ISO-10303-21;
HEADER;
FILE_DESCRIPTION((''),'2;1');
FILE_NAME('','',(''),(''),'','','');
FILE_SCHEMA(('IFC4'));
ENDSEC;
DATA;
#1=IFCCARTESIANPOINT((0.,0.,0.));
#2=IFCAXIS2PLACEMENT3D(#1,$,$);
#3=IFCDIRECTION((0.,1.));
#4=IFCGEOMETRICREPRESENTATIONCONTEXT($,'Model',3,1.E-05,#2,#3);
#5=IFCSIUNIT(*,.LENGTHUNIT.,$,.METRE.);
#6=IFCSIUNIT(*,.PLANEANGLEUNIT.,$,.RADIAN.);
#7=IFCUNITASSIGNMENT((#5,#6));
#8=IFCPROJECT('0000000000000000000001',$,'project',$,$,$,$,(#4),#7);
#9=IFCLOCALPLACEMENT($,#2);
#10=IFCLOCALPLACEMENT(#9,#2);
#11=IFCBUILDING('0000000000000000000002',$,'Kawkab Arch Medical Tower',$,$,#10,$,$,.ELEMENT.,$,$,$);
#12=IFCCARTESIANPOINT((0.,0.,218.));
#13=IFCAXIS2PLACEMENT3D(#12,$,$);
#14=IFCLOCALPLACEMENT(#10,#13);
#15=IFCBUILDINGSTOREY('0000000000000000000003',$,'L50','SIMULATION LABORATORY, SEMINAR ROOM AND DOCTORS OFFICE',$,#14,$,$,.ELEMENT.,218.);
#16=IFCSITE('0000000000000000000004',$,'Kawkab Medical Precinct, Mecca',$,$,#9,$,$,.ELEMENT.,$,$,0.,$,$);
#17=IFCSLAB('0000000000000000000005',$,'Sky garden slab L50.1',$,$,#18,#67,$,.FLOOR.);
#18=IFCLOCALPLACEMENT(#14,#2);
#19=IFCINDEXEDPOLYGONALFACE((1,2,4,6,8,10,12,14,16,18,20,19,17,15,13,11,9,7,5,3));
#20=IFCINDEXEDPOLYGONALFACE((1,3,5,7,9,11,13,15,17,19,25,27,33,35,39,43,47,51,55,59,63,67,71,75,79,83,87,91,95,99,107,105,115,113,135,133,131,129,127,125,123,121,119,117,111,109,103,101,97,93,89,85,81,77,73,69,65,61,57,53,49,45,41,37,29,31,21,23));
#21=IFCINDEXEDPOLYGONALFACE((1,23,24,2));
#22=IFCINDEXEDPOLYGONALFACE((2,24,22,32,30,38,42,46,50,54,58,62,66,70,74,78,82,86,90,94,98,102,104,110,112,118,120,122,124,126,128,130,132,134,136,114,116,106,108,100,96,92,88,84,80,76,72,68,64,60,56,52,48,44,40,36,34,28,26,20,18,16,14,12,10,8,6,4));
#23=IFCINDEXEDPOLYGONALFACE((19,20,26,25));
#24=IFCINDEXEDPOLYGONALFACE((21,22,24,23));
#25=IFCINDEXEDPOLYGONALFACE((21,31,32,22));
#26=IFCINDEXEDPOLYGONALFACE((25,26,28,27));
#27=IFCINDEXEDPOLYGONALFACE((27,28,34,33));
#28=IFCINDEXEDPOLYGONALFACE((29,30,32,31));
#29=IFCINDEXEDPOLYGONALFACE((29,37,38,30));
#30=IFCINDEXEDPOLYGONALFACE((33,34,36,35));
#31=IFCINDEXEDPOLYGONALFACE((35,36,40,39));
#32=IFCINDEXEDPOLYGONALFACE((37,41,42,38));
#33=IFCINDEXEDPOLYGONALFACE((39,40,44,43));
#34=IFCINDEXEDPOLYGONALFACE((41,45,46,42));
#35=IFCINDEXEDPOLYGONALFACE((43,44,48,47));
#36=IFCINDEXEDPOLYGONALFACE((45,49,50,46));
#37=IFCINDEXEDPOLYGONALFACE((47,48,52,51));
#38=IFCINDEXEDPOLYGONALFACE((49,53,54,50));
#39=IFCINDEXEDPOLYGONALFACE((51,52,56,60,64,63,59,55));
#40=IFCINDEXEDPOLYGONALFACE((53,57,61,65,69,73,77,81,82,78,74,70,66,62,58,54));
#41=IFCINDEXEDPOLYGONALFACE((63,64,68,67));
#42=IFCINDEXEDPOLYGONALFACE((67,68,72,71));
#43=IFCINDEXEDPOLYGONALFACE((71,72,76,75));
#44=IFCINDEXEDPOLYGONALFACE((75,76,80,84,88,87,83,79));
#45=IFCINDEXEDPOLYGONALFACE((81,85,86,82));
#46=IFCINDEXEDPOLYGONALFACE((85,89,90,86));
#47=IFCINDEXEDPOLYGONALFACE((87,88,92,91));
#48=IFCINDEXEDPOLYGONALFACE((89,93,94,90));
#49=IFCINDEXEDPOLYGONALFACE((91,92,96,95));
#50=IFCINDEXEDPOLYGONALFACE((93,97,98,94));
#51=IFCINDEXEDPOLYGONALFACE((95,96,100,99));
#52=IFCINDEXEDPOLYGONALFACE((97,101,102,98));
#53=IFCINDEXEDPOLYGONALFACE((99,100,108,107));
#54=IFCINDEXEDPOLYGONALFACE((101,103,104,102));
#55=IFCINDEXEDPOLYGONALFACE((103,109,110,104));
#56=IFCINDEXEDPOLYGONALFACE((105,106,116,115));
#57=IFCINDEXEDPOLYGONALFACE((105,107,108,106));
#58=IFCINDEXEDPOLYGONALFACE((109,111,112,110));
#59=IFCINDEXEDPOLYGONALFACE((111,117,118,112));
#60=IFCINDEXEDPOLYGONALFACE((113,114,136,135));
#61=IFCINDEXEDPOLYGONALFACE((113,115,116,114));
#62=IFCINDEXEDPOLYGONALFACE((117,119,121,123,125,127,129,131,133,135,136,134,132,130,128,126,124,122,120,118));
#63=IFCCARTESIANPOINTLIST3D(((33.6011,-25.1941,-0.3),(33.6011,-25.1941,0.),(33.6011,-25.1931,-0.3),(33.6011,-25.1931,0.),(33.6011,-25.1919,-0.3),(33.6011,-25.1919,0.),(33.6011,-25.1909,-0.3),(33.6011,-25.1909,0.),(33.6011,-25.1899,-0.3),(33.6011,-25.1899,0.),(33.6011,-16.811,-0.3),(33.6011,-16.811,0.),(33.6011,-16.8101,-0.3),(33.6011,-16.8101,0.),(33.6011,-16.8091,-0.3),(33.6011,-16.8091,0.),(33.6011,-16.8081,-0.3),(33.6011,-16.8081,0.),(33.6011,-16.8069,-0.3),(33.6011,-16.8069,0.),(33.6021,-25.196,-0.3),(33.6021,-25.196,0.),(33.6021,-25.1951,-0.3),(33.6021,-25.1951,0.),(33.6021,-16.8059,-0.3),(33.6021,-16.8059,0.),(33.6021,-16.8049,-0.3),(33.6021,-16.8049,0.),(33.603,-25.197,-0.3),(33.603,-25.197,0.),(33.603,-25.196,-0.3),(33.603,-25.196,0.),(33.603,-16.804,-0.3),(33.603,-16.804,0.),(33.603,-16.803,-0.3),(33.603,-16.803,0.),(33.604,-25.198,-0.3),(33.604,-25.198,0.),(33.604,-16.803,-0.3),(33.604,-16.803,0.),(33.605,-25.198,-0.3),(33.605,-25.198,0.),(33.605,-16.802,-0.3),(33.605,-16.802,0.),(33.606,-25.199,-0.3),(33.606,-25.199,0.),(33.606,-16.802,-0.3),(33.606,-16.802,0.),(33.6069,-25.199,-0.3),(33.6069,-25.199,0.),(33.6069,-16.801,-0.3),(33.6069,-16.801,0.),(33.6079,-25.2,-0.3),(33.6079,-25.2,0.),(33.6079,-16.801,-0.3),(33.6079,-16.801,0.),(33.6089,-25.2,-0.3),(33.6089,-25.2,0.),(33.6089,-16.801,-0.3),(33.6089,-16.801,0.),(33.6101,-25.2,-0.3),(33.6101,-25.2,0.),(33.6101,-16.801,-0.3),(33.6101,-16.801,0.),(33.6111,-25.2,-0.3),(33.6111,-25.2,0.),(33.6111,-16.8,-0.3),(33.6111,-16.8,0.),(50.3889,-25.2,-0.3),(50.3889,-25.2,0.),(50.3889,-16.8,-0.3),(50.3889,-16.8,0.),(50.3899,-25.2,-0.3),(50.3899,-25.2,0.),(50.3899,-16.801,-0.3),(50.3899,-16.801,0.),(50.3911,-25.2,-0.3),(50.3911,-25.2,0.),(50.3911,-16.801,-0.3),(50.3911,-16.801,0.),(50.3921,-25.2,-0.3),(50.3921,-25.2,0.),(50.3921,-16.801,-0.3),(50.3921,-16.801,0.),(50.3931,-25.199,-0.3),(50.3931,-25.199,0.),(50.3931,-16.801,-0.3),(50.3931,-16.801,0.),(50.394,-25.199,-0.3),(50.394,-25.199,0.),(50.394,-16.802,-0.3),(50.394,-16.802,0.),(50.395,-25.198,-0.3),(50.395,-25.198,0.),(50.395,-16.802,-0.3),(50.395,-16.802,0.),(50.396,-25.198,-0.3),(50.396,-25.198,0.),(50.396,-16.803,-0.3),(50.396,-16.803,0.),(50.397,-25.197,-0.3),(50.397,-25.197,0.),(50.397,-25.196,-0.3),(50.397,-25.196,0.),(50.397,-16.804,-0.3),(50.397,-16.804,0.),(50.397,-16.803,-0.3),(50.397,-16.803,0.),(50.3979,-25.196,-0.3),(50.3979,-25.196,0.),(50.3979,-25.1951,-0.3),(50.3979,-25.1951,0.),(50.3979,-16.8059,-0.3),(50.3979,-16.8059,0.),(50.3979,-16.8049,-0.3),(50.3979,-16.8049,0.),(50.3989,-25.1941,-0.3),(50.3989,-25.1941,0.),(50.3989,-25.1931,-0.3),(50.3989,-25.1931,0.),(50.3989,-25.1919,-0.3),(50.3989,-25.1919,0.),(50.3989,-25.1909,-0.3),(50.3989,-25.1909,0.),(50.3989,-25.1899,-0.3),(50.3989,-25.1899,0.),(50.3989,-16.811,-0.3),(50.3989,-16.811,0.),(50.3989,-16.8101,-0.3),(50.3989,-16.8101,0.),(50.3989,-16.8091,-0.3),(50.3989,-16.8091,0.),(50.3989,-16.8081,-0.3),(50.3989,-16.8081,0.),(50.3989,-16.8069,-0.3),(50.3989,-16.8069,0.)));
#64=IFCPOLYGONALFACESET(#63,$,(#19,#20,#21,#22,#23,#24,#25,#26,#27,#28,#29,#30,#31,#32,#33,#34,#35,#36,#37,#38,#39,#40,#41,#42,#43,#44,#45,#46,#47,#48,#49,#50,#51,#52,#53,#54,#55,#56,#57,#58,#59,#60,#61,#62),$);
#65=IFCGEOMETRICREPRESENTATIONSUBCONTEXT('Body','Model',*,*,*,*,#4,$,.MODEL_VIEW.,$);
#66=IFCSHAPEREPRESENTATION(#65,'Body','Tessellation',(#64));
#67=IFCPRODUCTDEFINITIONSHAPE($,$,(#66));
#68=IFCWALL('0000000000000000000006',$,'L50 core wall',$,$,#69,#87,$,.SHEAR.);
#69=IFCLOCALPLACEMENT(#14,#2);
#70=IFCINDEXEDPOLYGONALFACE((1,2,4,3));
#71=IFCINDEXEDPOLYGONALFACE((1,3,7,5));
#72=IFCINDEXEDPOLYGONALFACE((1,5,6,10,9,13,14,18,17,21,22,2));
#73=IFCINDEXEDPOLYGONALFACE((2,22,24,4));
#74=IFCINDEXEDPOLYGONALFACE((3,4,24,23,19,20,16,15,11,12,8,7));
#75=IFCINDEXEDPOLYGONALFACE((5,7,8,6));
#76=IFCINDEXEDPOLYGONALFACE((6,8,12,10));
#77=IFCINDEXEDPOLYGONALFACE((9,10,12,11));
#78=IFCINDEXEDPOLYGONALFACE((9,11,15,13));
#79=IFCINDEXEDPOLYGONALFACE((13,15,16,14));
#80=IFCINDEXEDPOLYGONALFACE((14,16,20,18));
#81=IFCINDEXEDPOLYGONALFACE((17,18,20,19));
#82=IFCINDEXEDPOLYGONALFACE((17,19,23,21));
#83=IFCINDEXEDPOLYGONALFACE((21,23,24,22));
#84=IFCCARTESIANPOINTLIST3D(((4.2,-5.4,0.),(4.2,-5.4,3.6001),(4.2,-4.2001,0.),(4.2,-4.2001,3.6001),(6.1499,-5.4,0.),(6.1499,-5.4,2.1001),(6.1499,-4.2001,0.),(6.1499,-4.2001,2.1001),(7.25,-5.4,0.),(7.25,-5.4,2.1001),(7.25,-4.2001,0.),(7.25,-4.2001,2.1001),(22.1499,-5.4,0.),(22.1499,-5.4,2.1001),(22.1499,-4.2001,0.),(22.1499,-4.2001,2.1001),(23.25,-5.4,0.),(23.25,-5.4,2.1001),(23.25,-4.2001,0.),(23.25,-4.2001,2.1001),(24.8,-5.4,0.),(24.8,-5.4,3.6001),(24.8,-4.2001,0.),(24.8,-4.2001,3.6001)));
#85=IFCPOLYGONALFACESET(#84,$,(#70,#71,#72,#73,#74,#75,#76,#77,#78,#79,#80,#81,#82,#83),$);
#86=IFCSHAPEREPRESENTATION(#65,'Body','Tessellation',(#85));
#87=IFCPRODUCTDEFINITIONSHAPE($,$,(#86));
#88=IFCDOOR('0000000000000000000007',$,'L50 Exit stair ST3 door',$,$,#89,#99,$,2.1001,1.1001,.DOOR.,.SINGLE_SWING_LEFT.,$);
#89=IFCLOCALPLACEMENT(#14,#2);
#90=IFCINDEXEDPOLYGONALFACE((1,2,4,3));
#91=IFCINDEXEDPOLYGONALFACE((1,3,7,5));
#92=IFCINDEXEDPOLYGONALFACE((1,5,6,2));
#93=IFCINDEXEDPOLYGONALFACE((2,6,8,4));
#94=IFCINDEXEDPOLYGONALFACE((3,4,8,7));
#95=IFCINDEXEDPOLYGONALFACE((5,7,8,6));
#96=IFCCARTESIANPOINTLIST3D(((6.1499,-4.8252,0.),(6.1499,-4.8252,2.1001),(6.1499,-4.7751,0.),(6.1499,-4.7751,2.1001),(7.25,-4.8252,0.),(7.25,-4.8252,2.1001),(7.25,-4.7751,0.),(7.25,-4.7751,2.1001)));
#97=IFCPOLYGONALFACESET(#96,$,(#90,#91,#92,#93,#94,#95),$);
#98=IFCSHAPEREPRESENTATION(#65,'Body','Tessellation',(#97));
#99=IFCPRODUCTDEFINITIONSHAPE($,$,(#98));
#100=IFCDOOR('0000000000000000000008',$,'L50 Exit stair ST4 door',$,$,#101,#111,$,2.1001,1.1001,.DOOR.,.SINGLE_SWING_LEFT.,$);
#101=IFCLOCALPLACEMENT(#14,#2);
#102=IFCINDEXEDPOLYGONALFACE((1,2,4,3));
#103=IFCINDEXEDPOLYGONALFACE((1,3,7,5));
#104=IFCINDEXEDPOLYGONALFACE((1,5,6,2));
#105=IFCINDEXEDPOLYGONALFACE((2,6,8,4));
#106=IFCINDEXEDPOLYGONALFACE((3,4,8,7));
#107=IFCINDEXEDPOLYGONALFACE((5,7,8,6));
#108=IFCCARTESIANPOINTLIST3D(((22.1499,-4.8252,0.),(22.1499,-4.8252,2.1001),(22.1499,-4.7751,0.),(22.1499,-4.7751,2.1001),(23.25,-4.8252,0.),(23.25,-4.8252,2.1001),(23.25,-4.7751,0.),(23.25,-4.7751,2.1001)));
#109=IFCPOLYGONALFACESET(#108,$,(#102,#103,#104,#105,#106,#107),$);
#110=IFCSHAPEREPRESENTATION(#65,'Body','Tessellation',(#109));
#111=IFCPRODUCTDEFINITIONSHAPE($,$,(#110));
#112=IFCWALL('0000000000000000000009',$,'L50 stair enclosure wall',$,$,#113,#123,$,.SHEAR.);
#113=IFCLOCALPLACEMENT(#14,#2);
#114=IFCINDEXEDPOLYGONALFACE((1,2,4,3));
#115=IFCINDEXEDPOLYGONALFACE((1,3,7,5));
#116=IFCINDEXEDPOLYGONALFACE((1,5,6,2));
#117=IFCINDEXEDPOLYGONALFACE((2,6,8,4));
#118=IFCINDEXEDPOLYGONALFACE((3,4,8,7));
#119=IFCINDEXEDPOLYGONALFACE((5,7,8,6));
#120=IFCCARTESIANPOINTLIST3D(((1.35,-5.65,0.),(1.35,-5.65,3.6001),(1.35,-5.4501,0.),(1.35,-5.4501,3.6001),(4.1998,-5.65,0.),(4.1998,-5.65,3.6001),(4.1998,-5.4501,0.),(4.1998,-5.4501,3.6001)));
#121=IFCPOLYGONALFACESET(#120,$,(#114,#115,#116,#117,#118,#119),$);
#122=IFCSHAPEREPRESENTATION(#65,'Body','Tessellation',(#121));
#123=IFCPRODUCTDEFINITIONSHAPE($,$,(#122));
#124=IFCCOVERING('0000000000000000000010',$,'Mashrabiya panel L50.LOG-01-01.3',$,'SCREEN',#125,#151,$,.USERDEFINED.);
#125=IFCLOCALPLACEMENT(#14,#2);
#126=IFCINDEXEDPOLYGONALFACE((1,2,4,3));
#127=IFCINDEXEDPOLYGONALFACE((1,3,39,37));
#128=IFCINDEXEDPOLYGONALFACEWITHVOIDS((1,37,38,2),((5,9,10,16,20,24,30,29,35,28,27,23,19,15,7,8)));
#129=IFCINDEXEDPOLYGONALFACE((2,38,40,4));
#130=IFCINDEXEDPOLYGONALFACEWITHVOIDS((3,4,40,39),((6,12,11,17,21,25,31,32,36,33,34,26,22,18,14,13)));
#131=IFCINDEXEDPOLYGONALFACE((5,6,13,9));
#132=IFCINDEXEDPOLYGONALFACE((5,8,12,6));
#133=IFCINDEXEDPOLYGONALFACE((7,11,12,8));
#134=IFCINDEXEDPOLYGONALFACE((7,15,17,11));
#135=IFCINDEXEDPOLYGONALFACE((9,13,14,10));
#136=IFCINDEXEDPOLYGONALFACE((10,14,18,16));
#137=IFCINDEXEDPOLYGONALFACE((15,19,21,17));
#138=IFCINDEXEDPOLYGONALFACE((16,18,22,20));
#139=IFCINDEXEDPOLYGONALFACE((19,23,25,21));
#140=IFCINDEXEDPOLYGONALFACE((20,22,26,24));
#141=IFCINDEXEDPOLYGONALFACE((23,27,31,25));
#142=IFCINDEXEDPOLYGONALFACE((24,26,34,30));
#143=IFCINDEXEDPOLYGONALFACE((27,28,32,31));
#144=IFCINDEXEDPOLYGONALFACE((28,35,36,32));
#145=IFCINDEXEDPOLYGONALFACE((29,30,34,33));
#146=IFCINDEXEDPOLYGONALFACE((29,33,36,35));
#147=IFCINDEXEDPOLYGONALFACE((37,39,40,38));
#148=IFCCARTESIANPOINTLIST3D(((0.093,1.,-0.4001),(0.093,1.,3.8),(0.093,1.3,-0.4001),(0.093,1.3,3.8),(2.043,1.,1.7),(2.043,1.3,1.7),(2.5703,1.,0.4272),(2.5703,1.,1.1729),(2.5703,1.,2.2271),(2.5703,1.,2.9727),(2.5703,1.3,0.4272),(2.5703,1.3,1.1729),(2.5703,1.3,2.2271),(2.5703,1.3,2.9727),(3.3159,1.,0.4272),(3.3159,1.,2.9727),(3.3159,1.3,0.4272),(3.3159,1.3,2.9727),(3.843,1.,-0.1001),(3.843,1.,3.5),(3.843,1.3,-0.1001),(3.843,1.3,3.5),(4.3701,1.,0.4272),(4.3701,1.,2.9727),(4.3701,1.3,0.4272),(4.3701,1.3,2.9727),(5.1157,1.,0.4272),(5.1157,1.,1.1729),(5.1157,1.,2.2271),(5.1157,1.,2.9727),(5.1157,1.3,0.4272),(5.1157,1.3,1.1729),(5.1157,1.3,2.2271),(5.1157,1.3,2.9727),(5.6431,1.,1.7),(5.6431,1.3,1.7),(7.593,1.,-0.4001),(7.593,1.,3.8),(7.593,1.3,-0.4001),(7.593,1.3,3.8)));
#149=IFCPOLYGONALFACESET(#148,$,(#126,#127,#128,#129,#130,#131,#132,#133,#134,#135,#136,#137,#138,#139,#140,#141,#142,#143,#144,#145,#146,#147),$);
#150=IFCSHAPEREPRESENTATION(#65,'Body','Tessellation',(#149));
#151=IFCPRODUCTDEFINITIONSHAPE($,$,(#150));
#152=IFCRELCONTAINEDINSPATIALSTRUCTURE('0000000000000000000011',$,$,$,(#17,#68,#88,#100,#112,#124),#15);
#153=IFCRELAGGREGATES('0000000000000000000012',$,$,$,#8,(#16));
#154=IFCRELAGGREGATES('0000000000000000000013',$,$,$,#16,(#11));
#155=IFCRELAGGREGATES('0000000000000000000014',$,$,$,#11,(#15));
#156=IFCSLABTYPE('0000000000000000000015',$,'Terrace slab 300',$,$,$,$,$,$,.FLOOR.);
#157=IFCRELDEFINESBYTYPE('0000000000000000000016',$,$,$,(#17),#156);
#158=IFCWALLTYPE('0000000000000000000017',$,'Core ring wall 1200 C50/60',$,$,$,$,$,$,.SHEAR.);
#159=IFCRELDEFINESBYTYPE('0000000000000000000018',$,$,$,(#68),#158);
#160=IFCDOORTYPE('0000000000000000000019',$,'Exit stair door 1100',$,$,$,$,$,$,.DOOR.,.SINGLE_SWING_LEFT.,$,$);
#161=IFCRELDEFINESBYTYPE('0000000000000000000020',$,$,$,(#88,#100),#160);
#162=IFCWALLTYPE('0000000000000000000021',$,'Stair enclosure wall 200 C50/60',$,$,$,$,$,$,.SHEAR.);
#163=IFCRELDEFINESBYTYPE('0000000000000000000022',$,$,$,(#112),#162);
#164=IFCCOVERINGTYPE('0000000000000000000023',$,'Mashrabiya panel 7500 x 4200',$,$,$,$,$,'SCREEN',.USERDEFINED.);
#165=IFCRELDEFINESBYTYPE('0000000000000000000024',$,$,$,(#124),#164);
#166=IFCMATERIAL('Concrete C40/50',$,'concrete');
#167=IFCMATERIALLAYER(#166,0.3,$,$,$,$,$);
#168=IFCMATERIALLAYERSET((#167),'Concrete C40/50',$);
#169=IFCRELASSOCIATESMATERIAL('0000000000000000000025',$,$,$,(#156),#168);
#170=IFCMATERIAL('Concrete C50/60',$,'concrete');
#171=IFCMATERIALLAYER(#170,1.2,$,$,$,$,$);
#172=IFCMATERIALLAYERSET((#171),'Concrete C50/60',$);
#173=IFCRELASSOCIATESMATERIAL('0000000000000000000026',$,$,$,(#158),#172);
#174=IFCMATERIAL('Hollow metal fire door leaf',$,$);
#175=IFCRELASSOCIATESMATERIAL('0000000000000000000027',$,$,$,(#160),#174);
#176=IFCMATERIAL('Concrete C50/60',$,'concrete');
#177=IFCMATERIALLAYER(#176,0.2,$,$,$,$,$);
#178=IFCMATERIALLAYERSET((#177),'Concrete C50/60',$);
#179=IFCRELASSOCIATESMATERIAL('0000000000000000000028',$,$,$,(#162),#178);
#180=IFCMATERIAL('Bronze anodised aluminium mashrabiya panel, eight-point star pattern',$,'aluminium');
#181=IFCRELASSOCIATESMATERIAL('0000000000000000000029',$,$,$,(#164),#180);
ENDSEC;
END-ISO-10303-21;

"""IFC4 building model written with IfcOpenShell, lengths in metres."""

from ifc_helpers import new_model, si_unit, direction, frame, frame_2d, origin, place, context, subcontext, project, spatial, polyline, rectangle, outline, extrude, material, layer, layer_set, material_profile, profile_set, type_object, element, fill, save


model = new_model("IFC4")

# Units and contexts
model_context = context("Model", 3, precision=1e-05, world=origin(), true_north=direction((0.0, 1.0)))
body_context = subcontext(model_context, "Body", "Model", "MODEL_VIEW")
ifc_project = project(units=[si_unit("LENGTHUNIT", "METRE"), si_unit("PLANEANGLEUNIT", "RADIAN")], contexts=[model_context])

# Site, building, storey
site_placement = place(None, origin())
site = spatial("IfcSite", under=ifc_project, at=site_placement, Name="Kawkab Medical Precinct, Mecca", CompositionType="ELEMENT", RefElevation=0.0)
building_placement = place(site_placement, origin())
building = spatial("IfcBuilding", under=site, at=building_placement, Name="Kawkab Arch Medical Tower", CompositionType="ELEMENT")
storey_placement = place(building_placement, frame((0.0, 0.0, 218.0)))
storey = spatial("IfcBuildingStorey", under=building, at=storey_placement, Name="L50", Description="SIMULATION LABORATORY, SEMINAR ROOM AND DOCTORS OFFICE", CompositionType="ELEMENT", Elevation=218.0)

# Slab
ifc_material_1 = material(Name="Concrete C40/50", Category="concrete")
ifc_layer_1 = layer(ifc_material_1, 0.3)
ifc_layer_set_1 = layer_set([ifc_layer_1], Name="Concrete C40/50")
slab_type_1 = type_object("IfcSlabType", Name="Terrace slab 300", PredefinedType="FLOOR", material=ifc_layer_set_1)
placement_1 = place(storey_placement, frame((0.0, 0.0, -0.3)))
element("IfcSlab", 1, at=placement_1, inside=storey, type_object=slab_type_1, Name="Sky garden slab L50.1", PredefinedType="FLOOR", context=body_context, shape_type="SweptSolid", body=[
    extrude(outline(polyline([(33.6089, -25.2), (33.6101, -25.2), (33.6111, -25.2), (50.3889, -25.2), (50.3899, -25.2), (50.3911, -25.2), (50.3921, -25.2), (50.3931, -25.199), (50.394, -25.199), (50.395, -25.198), (50.396, -25.198), (50.397, -25.197), (50.397, -25.196), (50.3979, -25.196), (50.3979, -25.1951), (50.3989, -25.1941), (50.3989, -25.1931), (50.3989, -25.1919), (50.3989, -25.1909), (50.3989, -25.1899), (50.3989, -16.811), (50.3989, -16.8101), (50.3989, -16.8091), (50.3989, -16.8081), (50.3989, -16.8069), (50.3979, -16.8059), (50.3979, -16.8049), (50.397, -16.804), (50.397, -16.803), (50.396, -16.803), (50.395, -16.802), (50.394, -16.802), (50.3931, -16.801), (50.3921, -16.801), (50.3911, -16.801), (50.3899, -16.801), (50.3889, -16.8), (33.6111, -16.8), (33.6101, -16.801), (33.6089, -16.801), (33.6079, -16.801), (33.6069, -16.801), (33.606, -16.802), (33.605, -16.802), (33.604, -16.803), (33.603, -16.803), (33.603, -16.804), (33.6021, -16.8049), (33.6021, -16.8059), (33.6011, -16.8069), (33.6011, -16.8081), (33.6011, -16.8091), (33.6011, -16.8101), (33.6011, -16.811), (33.6011, -25.1899), (33.6011, -25.1909), (33.6011, -25.1919), (33.6011, -25.1931), (33.6011, -25.1941), (33.6021, -25.1951), (33.6021, -25.196), (33.603, -25.196), (33.603, -25.197), (33.604, -25.198), (33.605, -25.198), (33.606, -25.199), (33.6069, -25.199), (33.6079, -25.2), (33.6089, -25.2)])), origin(), (0.0, 0.0, 1.0), 0.3),
])

# Wall, openings, doors
ifc_material_2 = material(Name="Concrete C50/60", Category="concrete")
ifc_layer_2 = layer(ifc_material_2, 1.2)
ifc_layer_set_2 = layer_set([ifc_layer_2], Name="Concrete C50/60")
wall_type_1 = type_object("IfcWallType", Name="Core ring wall 1200 C50/60", PredefinedType="SHEAR", material=ifc_layer_set_2)
wall_1_placement = place(storey_placement, frame((4.2, -4.8, 0.0), z_axis=(0.0, 0.0, 1.0), x_axis=(1.0, 0.0, 0.0)))
wall_1 = element("IfcWall", 2, at=wall_1_placement, inside=storey, type_object=wall_type_1, Name="L50 core wall", PredefinedType="SHEAR", context=body_context, shape_type="SweptSolid", body=[
    extrude(rectangle(XDim=20.6001, YDim=1.2, at=frame_2d((10.3, 0.0))), origin(), (0.0, 0.0, 1.0), 3.6001),
])
opening_1_placement = place(wall_1_placement, frame((1.95, 0.0, 0.0)))
opening_1 = element("IfcOpeningElement", 3, at=opening_1_placement, cuts=wall_1, PredefinedType="OPENING", context=body_context, shape_type="SweptSolid", body=[
    extrude(rectangle(XDim=1.1001, YDim=2.1001, at=frame_2d((0.55, 1.05))), frame((0.0, 0.6099, 0.0), z_axis=(0.0, -1.0, 0.0), x_axis=(1.0, 0.0, 0.0)), (0.0, 0.0, 1.0), 1.22),
])
opening_2_placement = place(wall_1_placement, frame((17.95, 0.0, 0.0)))
opening_2 = element("IfcOpeningElement", 4, at=opening_2_placement, cuts=wall_1, PredefinedType="OPENING", context=body_context, shape_type="SweptSolid", body=[
    extrude(rectangle(XDim=1.1001, YDim=2.1001, at=frame_2d((0.55, 1.05))), frame((0.0, 0.6099, 0.0), z_axis=(0.0, -1.0, 0.0), x_axis=(1.0, 0.0, 0.0)), (0.0, 0.0, 1.0), 1.22),
])
ifc_material_3 = material(Name="Hollow metal fire door leaf")
door_type = type_object("IfcDoorType", Name="Exit stair door 1100", OperationType="SINGLE_SWING_LEFT", PredefinedType="DOOR", material=ifc_material_3)
door_1_placement = place(opening_1_placement, origin())
door_1 = element("IfcDoor", 5, at=door_1_placement, inside=storey, type_object=door_type, Name="L50 Exit stair ST3 door", OperationType="SINGLE_SWING_LEFT", OverallHeight=2.1001, OverallWidth=1.1001, PredefinedType="DOOR", context=body_context, shape_type="SweptSolid", body=[
    extrude(rectangle(XDim=1.1001, YDim=2.1001, at=frame_2d((0.55, 1.05))), frame((0.0, 0.0249, 0.0), z_axis=(0.0, -1.0, 0.0), x_axis=(1.0, 0.0, 0.0)), (0.0, 0.0, 1.0), 0.05),
])
fill(opening_1, door_1)
door_2_placement = place(opening_2_placement, origin())
door_2 = element("IfcDoor", 6, at=door_2_placement, inside=storey, type_object=door_type, Name="L50 Exit stair ST4 door", OperationType="SINGLE_SWING_LEFT", OverallHeight=2.1001, OverallWidth=1.1001, PredefinedType="DOOR", context=body_context, shape_type="SweptSolid", body=[
    extrude(rectangle(XDim=1.1001, YDim=2.1001, at=frame_2d((0.55, 1.05))), frame((0.0, 0.0249, 0.0), z_axis=(0.0, -1.0, 0.0), x_axis=(1.0, 0.0, 0.0)), (0.0, 0.0, 1.0), 0.05),
])
fill(opening_2, door_2)

# Wall
ifc_material_4 = material(Name="Concrete C50/60", Category="concrete")
ifc_layer_3 = layer(ifc_material_4, 0.2)
ifc_layer_set_3 = layer_set([ifc_layer_3], Name="Concrete C50/60")
wall_type_2 = type_object("IfcWallType", Name="Stair enclosure wall 200 C50/60", PredefinedType="SHEAR", material=ifc_layer_set_3)
wall_2_placement = place(storey_placement, frame((1.3501, -5.55, 0.0), z_axis=(0.0, 0.0, 1.0), x_axis=(1.0, 0.0, 0.0)))
element("IfcWall", 7, at=wall_2_placement, inside=storey, type_object=wall_type_2, Name="L50 stair enclosure wall", PredefinedType="SHEAR", context=body_context, shape_type="SweptSolid", body=[
    extrude(rectangle(XDim=2.8499, YDim=0.2, at=frame_2d((1.4248, 0.0))), origin(), (0.0, 0.0, 1.0), 3.6001),
])

# Covering
ifc_material_5 = material(Name="Bronze anodised aluminium mashrabiya panel, eight-point star pattern", Category="aluminium")
ifc_material_profile_1 = material_profile(ifc_material_5, outline(polyline([(-3.75, -2.1001), (3.75, -2.1001), (3.75, 2.1001), (-3.75, 2.1001), (-3.75, -2.1001)]), holes=[polyline([(1.8, 0.0), (1.2727, 0.5271), (1.2727, 1.2727), (0.5271, 1.2727), (0.0, 1.8), (-0.5271, 1.2727), (-1.2727, 1.2727), (-1.2727, 0.5271), (-1.8, 0.0), (-1.2727, -0.5271), (-1.2727, -1.2727), (-0.5271, -1.2727), (0.0, -1.8), (0.5271, -1.2727), (1.2727, -1.2727), (1.2727, -0.5271), (1.8, 0.0)])]), Name="Mashrabiya panel 7500x4200")
ifc_profile_set_1 = profile_set([ifc_material_profile_1], Name="Bronze anodised aluminium mashrabiya panel, eight-point star pattern")
covering_type_1 = type_object("IfcCoveringType", Name="Mashrabiya panel 7500 x 4200", ElementType="SCREEN", PredefinedType="USERDEFINED", material=ifc_profile_set_1)
covering_1_placement = place(storey_placement, frame((3.843, 1.0, 1.7), z_axis=(0.0, 1.0, 0.0), x_axis=(-1.0, 0.0, 0.0)))
element("IfcCovering", 8, at=covering_1_placement, inside=storey, type_object=covering_type_1, Name="Mashrabiya panel L50.LOG-01-01.3", ObjectType="SCREEN", PredefinedType="USERDEFINED", context=body_context, shape_type="SweptSolid", body=[
    extrude(outline(polyline([(-3.75, -2.1001), (3.75, -2.1001), (3.75, 2.1001), (-3.75, 2.1001), (-3.75, -2.1001)]), holes=[polyline([(1.8, 0.0), (1.2727, 0.5271), (1.2727, 1.2727), (0.5271, 1.2727), (0.0, 1.8), (-0.5271, 1.2727), (-1.2727, 1.2727), (-1.2727, 0.5271), (-1.8, 0.0), (-1.2727, -0.5271), (-1.2727, -1.2727), (-0.5271, -1.2727), (0.0, -1.8), (0.5271, -1.2727), (1.2727, -1.2727), (1.2727, -0.5271), (1.8, 0.0)])]), origin(), (0.0, 0.0, 1.0), 0.3),
])

save(model, "model.ifc")
